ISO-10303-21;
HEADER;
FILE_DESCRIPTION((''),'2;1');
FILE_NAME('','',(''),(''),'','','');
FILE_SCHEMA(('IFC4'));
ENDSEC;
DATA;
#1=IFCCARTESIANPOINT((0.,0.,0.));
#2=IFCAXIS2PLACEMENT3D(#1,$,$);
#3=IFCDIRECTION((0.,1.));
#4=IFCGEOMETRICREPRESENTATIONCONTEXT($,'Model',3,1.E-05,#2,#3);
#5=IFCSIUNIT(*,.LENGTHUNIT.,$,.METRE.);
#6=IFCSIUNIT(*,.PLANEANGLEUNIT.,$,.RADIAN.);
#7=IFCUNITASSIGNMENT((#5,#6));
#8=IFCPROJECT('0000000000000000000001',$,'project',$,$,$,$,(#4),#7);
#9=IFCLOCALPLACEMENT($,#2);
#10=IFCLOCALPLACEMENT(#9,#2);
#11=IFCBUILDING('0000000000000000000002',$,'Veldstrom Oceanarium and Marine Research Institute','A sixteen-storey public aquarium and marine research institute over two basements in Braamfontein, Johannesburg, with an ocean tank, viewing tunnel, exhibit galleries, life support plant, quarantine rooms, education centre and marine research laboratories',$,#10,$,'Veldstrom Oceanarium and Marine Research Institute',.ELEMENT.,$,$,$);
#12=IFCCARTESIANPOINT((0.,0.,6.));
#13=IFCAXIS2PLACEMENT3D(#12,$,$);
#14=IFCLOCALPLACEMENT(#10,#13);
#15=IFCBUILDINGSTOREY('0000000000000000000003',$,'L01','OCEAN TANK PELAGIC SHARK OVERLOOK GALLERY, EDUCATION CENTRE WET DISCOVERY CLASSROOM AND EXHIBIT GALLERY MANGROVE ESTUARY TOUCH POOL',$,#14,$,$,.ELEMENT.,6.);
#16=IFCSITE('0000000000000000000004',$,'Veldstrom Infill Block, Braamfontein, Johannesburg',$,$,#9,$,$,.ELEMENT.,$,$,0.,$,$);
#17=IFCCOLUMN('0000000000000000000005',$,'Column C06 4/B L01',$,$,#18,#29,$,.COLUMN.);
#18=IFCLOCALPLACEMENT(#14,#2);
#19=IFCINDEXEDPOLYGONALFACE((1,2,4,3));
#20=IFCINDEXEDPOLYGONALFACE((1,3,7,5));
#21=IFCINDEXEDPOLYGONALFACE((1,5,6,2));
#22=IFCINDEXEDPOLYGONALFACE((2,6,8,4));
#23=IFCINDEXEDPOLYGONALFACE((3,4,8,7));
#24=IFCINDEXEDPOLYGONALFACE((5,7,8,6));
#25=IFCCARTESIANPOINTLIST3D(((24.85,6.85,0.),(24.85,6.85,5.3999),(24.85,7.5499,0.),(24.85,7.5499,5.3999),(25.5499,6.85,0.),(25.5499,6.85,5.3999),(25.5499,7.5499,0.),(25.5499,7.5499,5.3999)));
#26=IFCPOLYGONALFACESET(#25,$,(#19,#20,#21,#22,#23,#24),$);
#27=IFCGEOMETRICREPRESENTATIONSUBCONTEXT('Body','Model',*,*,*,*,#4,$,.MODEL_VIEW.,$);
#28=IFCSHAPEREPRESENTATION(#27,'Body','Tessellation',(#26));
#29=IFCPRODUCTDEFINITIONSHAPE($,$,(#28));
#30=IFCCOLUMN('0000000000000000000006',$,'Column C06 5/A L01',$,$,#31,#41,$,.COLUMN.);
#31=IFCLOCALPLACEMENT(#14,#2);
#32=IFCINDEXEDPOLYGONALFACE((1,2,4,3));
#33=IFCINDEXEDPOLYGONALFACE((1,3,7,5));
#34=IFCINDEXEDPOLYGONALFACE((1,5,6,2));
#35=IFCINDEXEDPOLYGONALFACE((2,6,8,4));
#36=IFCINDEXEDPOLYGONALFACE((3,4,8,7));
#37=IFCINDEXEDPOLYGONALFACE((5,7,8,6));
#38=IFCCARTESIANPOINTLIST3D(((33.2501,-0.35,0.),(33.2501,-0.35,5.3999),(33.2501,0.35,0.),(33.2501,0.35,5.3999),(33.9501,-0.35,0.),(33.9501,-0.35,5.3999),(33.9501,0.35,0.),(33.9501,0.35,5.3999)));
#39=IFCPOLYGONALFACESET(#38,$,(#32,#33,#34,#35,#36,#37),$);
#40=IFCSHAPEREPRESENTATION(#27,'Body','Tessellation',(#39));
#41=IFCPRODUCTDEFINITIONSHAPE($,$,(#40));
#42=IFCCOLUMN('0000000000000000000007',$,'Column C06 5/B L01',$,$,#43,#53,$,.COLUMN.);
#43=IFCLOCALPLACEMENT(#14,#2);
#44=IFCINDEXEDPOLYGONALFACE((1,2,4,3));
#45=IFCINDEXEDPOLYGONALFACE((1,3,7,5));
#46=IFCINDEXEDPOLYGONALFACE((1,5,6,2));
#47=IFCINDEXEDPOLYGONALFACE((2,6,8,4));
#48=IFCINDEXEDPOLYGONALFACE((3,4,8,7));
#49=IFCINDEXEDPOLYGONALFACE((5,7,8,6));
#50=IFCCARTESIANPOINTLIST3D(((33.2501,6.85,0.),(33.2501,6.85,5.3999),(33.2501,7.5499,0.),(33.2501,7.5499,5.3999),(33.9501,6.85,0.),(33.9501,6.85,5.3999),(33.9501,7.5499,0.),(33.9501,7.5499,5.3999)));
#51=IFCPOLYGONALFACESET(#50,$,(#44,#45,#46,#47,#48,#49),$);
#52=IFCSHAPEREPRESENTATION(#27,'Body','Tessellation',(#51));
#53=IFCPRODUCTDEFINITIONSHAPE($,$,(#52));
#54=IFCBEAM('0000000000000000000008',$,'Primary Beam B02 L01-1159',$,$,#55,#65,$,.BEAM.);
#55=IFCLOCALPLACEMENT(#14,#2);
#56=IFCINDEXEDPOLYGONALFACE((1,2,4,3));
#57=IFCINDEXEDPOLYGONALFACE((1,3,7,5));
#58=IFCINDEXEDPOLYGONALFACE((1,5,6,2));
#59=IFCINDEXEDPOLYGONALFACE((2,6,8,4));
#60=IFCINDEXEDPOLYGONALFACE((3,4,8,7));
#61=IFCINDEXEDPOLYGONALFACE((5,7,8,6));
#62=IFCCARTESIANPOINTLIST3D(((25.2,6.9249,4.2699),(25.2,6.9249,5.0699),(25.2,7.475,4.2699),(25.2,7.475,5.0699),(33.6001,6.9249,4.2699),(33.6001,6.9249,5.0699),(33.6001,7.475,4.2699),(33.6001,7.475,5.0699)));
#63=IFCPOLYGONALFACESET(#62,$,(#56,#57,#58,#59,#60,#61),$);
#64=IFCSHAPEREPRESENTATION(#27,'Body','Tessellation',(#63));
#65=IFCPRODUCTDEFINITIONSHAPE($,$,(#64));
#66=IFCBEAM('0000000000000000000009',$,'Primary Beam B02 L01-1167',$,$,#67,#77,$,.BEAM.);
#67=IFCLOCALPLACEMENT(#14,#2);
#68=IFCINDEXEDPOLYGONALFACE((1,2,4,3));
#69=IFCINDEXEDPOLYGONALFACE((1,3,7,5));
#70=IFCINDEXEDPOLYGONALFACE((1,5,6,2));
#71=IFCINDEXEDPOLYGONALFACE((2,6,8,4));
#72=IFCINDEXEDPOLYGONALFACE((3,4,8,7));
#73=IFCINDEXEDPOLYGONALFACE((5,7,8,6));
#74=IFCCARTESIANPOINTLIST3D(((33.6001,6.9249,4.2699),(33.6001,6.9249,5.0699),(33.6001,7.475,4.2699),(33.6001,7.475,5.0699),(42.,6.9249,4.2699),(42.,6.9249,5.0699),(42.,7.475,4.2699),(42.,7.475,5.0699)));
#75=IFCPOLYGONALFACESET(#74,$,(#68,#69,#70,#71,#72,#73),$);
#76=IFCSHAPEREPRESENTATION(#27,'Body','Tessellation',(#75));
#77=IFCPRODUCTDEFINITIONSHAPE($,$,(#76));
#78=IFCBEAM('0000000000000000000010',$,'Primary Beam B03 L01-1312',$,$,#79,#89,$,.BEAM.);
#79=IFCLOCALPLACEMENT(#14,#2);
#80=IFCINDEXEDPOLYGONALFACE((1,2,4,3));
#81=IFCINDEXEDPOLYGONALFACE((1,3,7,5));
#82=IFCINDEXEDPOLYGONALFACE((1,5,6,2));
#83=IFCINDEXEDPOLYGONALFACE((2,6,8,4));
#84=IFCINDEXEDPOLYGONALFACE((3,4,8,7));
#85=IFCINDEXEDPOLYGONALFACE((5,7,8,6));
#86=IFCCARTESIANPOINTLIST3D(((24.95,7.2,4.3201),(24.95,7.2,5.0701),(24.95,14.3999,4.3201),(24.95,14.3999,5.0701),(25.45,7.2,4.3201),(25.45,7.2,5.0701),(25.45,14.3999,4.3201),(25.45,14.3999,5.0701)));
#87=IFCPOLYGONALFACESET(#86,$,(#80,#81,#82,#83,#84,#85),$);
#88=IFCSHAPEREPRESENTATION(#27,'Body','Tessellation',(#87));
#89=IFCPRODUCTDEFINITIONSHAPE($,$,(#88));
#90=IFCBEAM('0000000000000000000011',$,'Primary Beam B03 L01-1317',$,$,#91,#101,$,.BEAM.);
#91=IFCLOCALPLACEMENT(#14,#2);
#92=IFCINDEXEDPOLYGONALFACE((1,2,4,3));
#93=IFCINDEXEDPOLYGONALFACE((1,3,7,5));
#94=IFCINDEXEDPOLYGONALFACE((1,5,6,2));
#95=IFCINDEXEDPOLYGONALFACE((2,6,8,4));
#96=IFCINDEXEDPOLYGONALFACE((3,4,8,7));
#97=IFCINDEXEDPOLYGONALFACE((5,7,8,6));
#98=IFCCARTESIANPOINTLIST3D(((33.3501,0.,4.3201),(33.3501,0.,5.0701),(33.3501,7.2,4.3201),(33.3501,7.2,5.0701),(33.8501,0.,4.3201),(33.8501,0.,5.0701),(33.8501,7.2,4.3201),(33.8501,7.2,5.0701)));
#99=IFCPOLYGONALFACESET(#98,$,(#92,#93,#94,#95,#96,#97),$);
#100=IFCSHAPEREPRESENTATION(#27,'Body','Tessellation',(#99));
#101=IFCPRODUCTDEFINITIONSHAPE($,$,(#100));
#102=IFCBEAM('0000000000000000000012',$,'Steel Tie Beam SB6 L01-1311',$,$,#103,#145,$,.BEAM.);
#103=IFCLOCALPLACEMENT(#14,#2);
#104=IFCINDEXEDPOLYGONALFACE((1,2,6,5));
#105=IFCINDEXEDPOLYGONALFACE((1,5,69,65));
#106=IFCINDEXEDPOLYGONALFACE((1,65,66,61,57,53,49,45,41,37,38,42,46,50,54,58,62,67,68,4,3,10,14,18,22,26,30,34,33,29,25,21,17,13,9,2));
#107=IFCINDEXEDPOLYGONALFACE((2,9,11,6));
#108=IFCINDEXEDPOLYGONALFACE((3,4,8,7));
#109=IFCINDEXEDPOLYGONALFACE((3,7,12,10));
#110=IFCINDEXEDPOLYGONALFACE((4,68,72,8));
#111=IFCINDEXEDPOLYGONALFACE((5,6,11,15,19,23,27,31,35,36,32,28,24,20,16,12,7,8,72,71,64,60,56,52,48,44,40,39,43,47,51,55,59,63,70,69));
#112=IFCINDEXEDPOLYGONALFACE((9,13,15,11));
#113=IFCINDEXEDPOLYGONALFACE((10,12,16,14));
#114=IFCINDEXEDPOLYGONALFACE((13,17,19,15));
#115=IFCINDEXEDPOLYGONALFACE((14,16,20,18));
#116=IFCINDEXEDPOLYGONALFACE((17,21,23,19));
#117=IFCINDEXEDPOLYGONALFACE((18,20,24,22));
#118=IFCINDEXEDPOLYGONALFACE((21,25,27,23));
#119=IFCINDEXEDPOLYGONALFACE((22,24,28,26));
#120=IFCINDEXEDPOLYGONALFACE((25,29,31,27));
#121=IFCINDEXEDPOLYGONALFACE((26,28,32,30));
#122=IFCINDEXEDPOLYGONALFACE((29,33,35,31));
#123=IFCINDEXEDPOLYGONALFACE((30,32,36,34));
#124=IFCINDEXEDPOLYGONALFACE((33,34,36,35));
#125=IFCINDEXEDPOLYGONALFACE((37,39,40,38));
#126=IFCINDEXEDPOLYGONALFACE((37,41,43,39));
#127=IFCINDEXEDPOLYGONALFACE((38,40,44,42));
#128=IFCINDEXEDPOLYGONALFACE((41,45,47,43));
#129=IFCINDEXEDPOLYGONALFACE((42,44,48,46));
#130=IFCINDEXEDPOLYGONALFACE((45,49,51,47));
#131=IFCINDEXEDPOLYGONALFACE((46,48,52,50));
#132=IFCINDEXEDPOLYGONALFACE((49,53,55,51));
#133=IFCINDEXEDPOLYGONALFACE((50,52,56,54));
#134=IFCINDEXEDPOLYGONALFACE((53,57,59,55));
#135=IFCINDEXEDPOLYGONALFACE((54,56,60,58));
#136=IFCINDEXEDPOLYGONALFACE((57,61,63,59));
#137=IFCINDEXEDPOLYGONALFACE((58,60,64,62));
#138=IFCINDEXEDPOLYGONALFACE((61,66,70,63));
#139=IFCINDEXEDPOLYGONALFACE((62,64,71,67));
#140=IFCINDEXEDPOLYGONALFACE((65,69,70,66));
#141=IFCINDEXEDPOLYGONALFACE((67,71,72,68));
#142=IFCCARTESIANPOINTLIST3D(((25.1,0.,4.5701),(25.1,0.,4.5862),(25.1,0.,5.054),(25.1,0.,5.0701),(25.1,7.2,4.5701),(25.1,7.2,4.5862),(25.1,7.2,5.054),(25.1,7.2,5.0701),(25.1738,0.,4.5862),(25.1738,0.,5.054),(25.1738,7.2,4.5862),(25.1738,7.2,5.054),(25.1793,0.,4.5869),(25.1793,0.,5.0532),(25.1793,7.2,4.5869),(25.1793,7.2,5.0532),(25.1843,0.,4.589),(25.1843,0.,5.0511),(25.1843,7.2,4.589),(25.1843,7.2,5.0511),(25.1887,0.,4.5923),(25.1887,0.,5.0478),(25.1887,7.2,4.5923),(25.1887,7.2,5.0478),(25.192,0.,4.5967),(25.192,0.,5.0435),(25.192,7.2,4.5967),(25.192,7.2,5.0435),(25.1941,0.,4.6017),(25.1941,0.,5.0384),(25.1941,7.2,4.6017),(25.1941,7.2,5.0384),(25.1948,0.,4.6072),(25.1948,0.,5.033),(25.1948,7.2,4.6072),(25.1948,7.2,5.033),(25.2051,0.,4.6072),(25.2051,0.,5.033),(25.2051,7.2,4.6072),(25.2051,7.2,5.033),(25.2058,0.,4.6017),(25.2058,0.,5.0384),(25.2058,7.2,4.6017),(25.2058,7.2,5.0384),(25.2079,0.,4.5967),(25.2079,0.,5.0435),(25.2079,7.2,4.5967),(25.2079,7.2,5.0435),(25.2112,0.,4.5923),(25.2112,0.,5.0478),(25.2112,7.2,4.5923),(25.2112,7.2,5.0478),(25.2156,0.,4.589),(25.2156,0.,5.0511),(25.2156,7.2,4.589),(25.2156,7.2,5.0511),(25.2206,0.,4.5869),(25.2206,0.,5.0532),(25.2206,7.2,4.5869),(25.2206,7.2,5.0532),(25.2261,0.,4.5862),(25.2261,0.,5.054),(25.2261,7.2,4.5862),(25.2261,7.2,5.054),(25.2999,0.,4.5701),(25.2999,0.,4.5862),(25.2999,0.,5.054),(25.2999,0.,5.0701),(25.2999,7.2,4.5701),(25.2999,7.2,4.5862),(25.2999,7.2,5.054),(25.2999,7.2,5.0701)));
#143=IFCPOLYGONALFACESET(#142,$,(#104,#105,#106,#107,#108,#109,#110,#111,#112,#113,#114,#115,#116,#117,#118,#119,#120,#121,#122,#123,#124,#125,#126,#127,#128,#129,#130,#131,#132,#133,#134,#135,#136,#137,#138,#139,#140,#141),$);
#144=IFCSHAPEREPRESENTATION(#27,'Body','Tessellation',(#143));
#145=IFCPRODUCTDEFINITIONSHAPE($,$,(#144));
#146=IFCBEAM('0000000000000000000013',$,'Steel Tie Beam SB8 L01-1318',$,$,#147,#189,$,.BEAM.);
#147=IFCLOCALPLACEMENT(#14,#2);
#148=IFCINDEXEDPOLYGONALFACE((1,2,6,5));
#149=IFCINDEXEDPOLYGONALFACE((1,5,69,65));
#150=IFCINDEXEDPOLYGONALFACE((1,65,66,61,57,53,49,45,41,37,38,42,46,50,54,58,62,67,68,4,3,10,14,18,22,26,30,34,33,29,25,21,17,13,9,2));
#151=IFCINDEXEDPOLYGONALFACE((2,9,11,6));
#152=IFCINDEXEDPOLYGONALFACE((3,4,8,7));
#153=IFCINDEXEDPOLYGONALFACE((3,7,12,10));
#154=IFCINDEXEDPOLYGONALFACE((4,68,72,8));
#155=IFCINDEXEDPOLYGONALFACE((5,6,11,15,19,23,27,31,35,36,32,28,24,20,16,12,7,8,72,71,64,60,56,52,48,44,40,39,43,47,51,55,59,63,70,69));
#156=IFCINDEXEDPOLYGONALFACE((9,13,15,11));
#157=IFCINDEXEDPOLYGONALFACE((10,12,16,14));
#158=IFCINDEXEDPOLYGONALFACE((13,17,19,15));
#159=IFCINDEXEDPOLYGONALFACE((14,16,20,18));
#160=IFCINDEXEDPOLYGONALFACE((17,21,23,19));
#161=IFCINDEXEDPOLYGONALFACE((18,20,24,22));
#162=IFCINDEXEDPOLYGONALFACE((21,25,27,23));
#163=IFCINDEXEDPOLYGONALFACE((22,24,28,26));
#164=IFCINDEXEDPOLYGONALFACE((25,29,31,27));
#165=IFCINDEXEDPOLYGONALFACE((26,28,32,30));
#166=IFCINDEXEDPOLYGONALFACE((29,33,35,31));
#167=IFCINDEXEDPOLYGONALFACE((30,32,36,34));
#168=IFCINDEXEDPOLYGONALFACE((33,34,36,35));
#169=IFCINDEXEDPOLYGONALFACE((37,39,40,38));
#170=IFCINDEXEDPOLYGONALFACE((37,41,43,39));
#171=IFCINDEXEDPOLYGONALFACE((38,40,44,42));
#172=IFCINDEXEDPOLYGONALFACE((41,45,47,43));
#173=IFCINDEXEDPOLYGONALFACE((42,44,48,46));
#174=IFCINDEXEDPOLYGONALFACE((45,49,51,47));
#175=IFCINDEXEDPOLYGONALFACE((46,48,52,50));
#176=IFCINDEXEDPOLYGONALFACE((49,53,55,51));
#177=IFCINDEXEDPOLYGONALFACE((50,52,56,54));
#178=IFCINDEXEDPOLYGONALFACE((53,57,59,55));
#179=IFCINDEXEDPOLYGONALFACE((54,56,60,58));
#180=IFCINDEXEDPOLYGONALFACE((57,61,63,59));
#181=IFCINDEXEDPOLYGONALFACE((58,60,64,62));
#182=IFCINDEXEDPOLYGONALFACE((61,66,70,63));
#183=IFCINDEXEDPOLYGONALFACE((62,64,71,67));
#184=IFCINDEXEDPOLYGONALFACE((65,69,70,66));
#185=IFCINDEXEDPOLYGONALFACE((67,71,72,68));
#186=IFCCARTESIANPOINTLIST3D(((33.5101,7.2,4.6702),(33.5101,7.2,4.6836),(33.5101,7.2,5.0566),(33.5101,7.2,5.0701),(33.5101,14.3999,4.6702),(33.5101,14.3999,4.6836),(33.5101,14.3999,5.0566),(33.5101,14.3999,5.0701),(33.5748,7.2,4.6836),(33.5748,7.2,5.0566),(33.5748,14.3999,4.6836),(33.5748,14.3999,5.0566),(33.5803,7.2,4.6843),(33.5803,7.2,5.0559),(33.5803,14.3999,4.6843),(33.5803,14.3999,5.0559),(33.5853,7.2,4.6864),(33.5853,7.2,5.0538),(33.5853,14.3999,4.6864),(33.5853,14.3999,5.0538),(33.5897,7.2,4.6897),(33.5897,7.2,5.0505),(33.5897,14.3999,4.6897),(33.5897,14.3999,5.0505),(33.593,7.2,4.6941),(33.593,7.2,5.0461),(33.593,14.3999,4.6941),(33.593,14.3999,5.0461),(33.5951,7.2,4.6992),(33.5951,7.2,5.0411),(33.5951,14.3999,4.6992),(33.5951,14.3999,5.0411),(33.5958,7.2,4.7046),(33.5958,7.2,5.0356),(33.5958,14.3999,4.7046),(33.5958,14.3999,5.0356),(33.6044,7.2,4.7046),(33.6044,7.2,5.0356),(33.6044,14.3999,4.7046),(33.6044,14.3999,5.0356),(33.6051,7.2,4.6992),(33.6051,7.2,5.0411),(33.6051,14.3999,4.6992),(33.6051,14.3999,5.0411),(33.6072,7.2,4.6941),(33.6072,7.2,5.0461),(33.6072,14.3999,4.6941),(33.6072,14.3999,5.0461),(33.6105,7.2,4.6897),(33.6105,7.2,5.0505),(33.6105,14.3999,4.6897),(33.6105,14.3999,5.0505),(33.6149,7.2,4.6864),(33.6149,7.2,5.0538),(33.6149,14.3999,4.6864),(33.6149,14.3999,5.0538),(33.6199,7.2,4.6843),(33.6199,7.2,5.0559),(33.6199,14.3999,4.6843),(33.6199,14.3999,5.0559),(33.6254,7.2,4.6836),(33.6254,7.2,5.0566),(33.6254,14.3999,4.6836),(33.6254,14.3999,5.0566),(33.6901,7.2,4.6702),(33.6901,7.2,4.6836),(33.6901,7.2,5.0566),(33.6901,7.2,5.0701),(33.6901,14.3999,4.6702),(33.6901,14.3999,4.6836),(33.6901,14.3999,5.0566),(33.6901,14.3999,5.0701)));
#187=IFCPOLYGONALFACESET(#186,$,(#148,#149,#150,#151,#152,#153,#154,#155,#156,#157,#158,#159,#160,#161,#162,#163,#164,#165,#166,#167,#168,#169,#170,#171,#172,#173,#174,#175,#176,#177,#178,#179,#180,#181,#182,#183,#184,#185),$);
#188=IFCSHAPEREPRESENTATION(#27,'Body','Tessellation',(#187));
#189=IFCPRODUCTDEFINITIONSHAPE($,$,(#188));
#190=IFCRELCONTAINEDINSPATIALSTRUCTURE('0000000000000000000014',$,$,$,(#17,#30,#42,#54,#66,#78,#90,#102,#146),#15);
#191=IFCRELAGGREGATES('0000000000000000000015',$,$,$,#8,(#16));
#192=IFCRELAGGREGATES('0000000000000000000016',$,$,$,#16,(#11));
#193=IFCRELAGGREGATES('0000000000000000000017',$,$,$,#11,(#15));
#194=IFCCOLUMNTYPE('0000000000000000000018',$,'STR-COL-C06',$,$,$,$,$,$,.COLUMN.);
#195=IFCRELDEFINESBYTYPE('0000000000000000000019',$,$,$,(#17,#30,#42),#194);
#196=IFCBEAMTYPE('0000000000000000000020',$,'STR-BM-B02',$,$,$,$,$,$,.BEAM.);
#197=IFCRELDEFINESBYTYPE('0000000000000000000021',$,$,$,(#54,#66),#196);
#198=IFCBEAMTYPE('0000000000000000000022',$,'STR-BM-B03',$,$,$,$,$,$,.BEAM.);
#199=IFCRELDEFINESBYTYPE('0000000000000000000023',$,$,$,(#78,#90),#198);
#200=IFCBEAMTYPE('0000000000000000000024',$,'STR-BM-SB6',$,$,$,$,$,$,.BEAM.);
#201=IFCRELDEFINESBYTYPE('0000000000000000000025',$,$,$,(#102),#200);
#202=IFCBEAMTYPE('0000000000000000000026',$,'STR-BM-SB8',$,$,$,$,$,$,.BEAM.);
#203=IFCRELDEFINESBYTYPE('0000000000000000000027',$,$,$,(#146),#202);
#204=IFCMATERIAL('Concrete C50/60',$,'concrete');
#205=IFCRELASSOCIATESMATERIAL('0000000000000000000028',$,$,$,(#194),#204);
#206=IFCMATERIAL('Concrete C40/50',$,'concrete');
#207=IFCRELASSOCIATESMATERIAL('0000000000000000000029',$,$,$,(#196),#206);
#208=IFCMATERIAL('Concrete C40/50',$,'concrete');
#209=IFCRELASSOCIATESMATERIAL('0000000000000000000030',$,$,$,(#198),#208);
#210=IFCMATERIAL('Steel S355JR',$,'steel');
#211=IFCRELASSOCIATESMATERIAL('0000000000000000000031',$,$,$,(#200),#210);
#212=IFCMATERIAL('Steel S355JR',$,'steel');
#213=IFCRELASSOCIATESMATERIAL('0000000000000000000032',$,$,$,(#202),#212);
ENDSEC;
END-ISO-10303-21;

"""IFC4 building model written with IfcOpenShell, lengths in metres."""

from ifc_helpers import new_model, si_unit, direction, frame, origin, origin_2d, place, context, subcontext, project, spatial, rectangle, i_section, extrude, material, material_profile, profile_set, type_object, element, save


model = new_model("IFC4")

# Units and contexts
model_context = context("Model", 3, precision=1e-05, world=origin(), true_north=direction((0.0, 1.0)))
body_context = subcontext(model_context, "Body", "Model", "MODEL_VIEW")
ifc_project = project(units=[si_unit("LENGTHUNIT", "METRE"), si_unit("PLANEANGLEUNIT", "RADIAN")], contexts=[model_context])

# Site, building, storey
site_placement = place(None, origin())
site = spatial("IfcSite", under=ifc_project, at=site_placement, Name="Veldstrom Infill Block, Braamfontein, Johannesburg", CompositionType="ELEMENT", RefElevation=0.0)
building_placement = place(site_placement, origin())
building = spatial("IfcBuilding", under=site, at=building_placement, Name="Veldstrom Oceanarium and Marine Research Institute", Description="A sixteen-storey public aquarium and marine research institute over two basements in Braamfontein, Johannesburg, with an ocean tank, viewing tunnel, exhibit galleries, life support plant, quarantine rooms, education centre and marine research laboratories", LongName="Veldstrom Oceanarium and Marine Research Institute", CompositionType="ELEMENT")
storey_placement = place(building_placement, frame((0.0, 0.0, 6.0)))
storey = spatial("IfcBuildingStorey", under=building, at=storey_placement, Name="L01", Description="OCEAN TANK PELAGIC SHARK OVERLOOK GALLERY, EDUCATION CENTRE WET DISCOVERY CLASSROOM AND EXHIBIT GALLERY MANGROVE ESTUARY TOUCH POOL", CompositionType="ELEMENT", Elevation=6.0)

# Columns
ifc_material_1 = material(Name="Concrete C50/60", Category="concrete")
ifc_material_profile_1 = material_profile(ifc_material_1, rectangle(XDim=0.7, YDim=0.7, at=origin_2d()), Name="RC-COL-700x700")
ifc_profile_set_1 = profile_set([ifc_material_profile_1], Name="Concrete C50/60")
column_type = type_object("IfcColumnType", Name="STR-COL-C06", PredefinedType="COLUMN", material=ifc_profile_set_1)
for number, where, z_axis, x_axis, name in (
    (1, (25.2, 7.2, 0.0), (0.0, 0.0, 1.0), (1.0, 0.0, 0.0), "Column C06 4/B L01"),
    (2, (33.6001, 0.0, 0.0), (0.0, 0.0, 1.0), (1.0, 0.0, 0.0), "Column C06 5/A L01"),
    (3, (33.6001, 7.2, 0.0), (0.0, 0.0, 1.0), (1.0, 0.0, 0.0), "Column C06 5/B L01"),
):
    element("IfcColumn", number, at=place(storey_placement, frame(where, z_axis=z_axis, x_axis=x_axis)), inside=storey, type_object=column_type, Name=name, PredefinedType="COLUMN", context=body_context, shape_type="SweptSolid", body=[
        extrude(rectangle(XDim=0.7, YDim=0.7, at=origin_2d()), origin(), (0.0, 0.0, 1.0), 5.3999),
    ])

# Beams
ifc_material_2 = material(Name="Concrete C40/50", Category="concrete")
ifc_material_profile_2 = material_profile(ifc_material_2, rectangle(XDim=0.55, YDim=0.8, at=origin_2d()), Name="RC-BM-550x800")
ifc_profile_set_2 = profile_set([ifc_material_profile_2], Name="Concrete C40/50")
beam_type_1 = type_object("IfcBeamType", Name="STR-BM-B02", PredefinedType="BEAM", material=ifc_profile_set_2)
beam_1_placement = place(storey_placement, frame((25.2, 7.2, 4.6699), z_axis=(1.0, 0.0, 0.0), x_axis=(0.0, 1.0, 0.0)))
element("IfcBeam", 4, at=beam_1_placement, inside=storey, type_object=beam_type_1, Name="Primary Beam B02 L01-1159", PredefinedType="BEAM", context=body_context, shape_type="SweptSolid", body=[
    extrude(rectangle(XDim=0.55, YDim=0.8, at=origin_2d()), origin(), (0.0, 0.0, 1.0), 8.4001),
])
beam_2_placement = place(storey_placement, frame((33.6001, 7.2, 4.6699), z_axis=(1.0, 0.0, 0.0), x_axis=(0.0, 1.0, 0.0)))
element("IfcBeam", 5, at=beam_2_placement, inside=storey, type_object=beam_type_1, Name="Primary Beam B02 L01-1167", PredefinedType="BEAM", context=body_context, shape_type="SweptSolid", body=[
    extrude(rectangle(XDim=0.55, YDim=0.8, at=origin_2d()), origin(), (0.0, 0.0, 1.0), 8.3999),
])
ifc_material_3 = material(Name="Concrete C40/50", Category="concrete")
ifc_material_profile_3 = material_profile(ifc_material_3, rectangle(XDim=0.5, YDim=0.75, at=origin_2d()), Name="RC-BM-500x750")
ifc_profile_set_3 = profile_set([ifc_material_profile_3], Name="Concrete C40/50")
beam_type_2 = type_object("IfcBeamType", Name="STR-BM-B03", PredefinedType="BEAM", material=ifc_profile_set_3)
for number, where, z_axis, x_axis, name in (
    (6, (25.2, 7.2, 4.6951), (0.0, 1.0, 0.0), (-1.0, 0.0, 0.0), "Primary Beam B03 L01-1312"),
    (7, (33.6001, 0.0, 4.6951), (0.0, 1.0, 0.0), (-1.0, 0.0, 0.0), "Primary Beam B03 L01-1317"),
):
    element("IfcBeam", number, at=place(storey_placement, frame(where, z_axis=z_axis, x_axis=x_axis)), inside=storey, type_object=beam_type_2, Name=name, PredefinedType="BEAM", context=body_context, shape_type="SweptSolid", body=[
        extrude(rectangle(XDim=0.5, YDim=0.75, at=origin_2d()), origin(), (0.0, 0.0, 1.0), 7.2),
    ])
ifc_material_4 = material(Name="Steel S355JR", Category="steel")
ifc_material_profile_4 = material_profile(ifc_material_4, i_section(OverallWidth=0.2, OverallDepth=0.5, WebThickness=0.0103, FlangeThickness=0.0161, FilletRadius=0.021, at=origin_2d()), Name="IPE 500")
ifc_profile_set_4 = profile_set([ifc_material_profile_4], Name="Steel S355JR")
beam_type_3 = type_object("IfcBeamType", Name="STR-BM-SB6", PredefinedType="BEAM", material=ifc_profile_set_4)
beam_3_placement = place(storey_placement, frame((25.2, 0.0, 4.8201), z_axis=(0.0, 1.0, 0.0), x_axis=(-1.0, 0.0, 0.0)))
element("IfcBeam", 8, at=beam_3_placement, inside=storey, type_object=beam_type_3, Name="Steel Tie Beam SB6 L01-1311", PredefinedType="BEAM", context=body_context, shape_type="SweptSolid", body=[
    extrude(i_section(OverallWidth=0.2, OverallDepth=0.5, WebThickness=0.0103, FlangeThickness=0.0161, FilletRadius=0.021, at=origin_2d()), origin(), (0.0, 0.0, 1.0), 7.2),
])
ifc_material_5 = material(Name="Steel S355JR", Category="steel")
ifc_material_profile_5 = material_profile(ifc_material_5, i_section(OverallWidth=0.1799, OverallDepth=0.3999, WebThickness=0.0085, FlangeThickness=0.0134, FilletRadius=0.021, at=origin_2d()), Name="IPE 400")
ifc_profile_set_5 = profile_set([ifc_material_profile_5], Name="Steel S355JR")
beam_type_4 = type_object("IfcBeamType", Name="STR-BM-SB8", PredefinedType="BEAM", material=ifc_profile_set_5)
beam_4_placement = place(storey_placement, frame((33.6001, 7.2, 4.8701), z_axis=(0.0, 1.0, 0.0), x_axis=(-1.0, 0.0, 0.0)))
element("IfcBeam", 9, at=beam_4_placement, inside=storey, type_object=beam_type_4, Name="Steel Tie Beam SB8 L01-1318", PredefinedType="BEAM", context=body_context, shape_type="SweptSolid", body=[
    extrude(i_section(OverallWidth=0.1799, OverallDepth=0.3999, WebThickness=0.0085, FlangeThickness=0.0134, FilletRadius=0.021, at=origin_2d()), origin(), (0.0, 0.0, 1.0), 7.2),
])

save(model, "model.ifc")
